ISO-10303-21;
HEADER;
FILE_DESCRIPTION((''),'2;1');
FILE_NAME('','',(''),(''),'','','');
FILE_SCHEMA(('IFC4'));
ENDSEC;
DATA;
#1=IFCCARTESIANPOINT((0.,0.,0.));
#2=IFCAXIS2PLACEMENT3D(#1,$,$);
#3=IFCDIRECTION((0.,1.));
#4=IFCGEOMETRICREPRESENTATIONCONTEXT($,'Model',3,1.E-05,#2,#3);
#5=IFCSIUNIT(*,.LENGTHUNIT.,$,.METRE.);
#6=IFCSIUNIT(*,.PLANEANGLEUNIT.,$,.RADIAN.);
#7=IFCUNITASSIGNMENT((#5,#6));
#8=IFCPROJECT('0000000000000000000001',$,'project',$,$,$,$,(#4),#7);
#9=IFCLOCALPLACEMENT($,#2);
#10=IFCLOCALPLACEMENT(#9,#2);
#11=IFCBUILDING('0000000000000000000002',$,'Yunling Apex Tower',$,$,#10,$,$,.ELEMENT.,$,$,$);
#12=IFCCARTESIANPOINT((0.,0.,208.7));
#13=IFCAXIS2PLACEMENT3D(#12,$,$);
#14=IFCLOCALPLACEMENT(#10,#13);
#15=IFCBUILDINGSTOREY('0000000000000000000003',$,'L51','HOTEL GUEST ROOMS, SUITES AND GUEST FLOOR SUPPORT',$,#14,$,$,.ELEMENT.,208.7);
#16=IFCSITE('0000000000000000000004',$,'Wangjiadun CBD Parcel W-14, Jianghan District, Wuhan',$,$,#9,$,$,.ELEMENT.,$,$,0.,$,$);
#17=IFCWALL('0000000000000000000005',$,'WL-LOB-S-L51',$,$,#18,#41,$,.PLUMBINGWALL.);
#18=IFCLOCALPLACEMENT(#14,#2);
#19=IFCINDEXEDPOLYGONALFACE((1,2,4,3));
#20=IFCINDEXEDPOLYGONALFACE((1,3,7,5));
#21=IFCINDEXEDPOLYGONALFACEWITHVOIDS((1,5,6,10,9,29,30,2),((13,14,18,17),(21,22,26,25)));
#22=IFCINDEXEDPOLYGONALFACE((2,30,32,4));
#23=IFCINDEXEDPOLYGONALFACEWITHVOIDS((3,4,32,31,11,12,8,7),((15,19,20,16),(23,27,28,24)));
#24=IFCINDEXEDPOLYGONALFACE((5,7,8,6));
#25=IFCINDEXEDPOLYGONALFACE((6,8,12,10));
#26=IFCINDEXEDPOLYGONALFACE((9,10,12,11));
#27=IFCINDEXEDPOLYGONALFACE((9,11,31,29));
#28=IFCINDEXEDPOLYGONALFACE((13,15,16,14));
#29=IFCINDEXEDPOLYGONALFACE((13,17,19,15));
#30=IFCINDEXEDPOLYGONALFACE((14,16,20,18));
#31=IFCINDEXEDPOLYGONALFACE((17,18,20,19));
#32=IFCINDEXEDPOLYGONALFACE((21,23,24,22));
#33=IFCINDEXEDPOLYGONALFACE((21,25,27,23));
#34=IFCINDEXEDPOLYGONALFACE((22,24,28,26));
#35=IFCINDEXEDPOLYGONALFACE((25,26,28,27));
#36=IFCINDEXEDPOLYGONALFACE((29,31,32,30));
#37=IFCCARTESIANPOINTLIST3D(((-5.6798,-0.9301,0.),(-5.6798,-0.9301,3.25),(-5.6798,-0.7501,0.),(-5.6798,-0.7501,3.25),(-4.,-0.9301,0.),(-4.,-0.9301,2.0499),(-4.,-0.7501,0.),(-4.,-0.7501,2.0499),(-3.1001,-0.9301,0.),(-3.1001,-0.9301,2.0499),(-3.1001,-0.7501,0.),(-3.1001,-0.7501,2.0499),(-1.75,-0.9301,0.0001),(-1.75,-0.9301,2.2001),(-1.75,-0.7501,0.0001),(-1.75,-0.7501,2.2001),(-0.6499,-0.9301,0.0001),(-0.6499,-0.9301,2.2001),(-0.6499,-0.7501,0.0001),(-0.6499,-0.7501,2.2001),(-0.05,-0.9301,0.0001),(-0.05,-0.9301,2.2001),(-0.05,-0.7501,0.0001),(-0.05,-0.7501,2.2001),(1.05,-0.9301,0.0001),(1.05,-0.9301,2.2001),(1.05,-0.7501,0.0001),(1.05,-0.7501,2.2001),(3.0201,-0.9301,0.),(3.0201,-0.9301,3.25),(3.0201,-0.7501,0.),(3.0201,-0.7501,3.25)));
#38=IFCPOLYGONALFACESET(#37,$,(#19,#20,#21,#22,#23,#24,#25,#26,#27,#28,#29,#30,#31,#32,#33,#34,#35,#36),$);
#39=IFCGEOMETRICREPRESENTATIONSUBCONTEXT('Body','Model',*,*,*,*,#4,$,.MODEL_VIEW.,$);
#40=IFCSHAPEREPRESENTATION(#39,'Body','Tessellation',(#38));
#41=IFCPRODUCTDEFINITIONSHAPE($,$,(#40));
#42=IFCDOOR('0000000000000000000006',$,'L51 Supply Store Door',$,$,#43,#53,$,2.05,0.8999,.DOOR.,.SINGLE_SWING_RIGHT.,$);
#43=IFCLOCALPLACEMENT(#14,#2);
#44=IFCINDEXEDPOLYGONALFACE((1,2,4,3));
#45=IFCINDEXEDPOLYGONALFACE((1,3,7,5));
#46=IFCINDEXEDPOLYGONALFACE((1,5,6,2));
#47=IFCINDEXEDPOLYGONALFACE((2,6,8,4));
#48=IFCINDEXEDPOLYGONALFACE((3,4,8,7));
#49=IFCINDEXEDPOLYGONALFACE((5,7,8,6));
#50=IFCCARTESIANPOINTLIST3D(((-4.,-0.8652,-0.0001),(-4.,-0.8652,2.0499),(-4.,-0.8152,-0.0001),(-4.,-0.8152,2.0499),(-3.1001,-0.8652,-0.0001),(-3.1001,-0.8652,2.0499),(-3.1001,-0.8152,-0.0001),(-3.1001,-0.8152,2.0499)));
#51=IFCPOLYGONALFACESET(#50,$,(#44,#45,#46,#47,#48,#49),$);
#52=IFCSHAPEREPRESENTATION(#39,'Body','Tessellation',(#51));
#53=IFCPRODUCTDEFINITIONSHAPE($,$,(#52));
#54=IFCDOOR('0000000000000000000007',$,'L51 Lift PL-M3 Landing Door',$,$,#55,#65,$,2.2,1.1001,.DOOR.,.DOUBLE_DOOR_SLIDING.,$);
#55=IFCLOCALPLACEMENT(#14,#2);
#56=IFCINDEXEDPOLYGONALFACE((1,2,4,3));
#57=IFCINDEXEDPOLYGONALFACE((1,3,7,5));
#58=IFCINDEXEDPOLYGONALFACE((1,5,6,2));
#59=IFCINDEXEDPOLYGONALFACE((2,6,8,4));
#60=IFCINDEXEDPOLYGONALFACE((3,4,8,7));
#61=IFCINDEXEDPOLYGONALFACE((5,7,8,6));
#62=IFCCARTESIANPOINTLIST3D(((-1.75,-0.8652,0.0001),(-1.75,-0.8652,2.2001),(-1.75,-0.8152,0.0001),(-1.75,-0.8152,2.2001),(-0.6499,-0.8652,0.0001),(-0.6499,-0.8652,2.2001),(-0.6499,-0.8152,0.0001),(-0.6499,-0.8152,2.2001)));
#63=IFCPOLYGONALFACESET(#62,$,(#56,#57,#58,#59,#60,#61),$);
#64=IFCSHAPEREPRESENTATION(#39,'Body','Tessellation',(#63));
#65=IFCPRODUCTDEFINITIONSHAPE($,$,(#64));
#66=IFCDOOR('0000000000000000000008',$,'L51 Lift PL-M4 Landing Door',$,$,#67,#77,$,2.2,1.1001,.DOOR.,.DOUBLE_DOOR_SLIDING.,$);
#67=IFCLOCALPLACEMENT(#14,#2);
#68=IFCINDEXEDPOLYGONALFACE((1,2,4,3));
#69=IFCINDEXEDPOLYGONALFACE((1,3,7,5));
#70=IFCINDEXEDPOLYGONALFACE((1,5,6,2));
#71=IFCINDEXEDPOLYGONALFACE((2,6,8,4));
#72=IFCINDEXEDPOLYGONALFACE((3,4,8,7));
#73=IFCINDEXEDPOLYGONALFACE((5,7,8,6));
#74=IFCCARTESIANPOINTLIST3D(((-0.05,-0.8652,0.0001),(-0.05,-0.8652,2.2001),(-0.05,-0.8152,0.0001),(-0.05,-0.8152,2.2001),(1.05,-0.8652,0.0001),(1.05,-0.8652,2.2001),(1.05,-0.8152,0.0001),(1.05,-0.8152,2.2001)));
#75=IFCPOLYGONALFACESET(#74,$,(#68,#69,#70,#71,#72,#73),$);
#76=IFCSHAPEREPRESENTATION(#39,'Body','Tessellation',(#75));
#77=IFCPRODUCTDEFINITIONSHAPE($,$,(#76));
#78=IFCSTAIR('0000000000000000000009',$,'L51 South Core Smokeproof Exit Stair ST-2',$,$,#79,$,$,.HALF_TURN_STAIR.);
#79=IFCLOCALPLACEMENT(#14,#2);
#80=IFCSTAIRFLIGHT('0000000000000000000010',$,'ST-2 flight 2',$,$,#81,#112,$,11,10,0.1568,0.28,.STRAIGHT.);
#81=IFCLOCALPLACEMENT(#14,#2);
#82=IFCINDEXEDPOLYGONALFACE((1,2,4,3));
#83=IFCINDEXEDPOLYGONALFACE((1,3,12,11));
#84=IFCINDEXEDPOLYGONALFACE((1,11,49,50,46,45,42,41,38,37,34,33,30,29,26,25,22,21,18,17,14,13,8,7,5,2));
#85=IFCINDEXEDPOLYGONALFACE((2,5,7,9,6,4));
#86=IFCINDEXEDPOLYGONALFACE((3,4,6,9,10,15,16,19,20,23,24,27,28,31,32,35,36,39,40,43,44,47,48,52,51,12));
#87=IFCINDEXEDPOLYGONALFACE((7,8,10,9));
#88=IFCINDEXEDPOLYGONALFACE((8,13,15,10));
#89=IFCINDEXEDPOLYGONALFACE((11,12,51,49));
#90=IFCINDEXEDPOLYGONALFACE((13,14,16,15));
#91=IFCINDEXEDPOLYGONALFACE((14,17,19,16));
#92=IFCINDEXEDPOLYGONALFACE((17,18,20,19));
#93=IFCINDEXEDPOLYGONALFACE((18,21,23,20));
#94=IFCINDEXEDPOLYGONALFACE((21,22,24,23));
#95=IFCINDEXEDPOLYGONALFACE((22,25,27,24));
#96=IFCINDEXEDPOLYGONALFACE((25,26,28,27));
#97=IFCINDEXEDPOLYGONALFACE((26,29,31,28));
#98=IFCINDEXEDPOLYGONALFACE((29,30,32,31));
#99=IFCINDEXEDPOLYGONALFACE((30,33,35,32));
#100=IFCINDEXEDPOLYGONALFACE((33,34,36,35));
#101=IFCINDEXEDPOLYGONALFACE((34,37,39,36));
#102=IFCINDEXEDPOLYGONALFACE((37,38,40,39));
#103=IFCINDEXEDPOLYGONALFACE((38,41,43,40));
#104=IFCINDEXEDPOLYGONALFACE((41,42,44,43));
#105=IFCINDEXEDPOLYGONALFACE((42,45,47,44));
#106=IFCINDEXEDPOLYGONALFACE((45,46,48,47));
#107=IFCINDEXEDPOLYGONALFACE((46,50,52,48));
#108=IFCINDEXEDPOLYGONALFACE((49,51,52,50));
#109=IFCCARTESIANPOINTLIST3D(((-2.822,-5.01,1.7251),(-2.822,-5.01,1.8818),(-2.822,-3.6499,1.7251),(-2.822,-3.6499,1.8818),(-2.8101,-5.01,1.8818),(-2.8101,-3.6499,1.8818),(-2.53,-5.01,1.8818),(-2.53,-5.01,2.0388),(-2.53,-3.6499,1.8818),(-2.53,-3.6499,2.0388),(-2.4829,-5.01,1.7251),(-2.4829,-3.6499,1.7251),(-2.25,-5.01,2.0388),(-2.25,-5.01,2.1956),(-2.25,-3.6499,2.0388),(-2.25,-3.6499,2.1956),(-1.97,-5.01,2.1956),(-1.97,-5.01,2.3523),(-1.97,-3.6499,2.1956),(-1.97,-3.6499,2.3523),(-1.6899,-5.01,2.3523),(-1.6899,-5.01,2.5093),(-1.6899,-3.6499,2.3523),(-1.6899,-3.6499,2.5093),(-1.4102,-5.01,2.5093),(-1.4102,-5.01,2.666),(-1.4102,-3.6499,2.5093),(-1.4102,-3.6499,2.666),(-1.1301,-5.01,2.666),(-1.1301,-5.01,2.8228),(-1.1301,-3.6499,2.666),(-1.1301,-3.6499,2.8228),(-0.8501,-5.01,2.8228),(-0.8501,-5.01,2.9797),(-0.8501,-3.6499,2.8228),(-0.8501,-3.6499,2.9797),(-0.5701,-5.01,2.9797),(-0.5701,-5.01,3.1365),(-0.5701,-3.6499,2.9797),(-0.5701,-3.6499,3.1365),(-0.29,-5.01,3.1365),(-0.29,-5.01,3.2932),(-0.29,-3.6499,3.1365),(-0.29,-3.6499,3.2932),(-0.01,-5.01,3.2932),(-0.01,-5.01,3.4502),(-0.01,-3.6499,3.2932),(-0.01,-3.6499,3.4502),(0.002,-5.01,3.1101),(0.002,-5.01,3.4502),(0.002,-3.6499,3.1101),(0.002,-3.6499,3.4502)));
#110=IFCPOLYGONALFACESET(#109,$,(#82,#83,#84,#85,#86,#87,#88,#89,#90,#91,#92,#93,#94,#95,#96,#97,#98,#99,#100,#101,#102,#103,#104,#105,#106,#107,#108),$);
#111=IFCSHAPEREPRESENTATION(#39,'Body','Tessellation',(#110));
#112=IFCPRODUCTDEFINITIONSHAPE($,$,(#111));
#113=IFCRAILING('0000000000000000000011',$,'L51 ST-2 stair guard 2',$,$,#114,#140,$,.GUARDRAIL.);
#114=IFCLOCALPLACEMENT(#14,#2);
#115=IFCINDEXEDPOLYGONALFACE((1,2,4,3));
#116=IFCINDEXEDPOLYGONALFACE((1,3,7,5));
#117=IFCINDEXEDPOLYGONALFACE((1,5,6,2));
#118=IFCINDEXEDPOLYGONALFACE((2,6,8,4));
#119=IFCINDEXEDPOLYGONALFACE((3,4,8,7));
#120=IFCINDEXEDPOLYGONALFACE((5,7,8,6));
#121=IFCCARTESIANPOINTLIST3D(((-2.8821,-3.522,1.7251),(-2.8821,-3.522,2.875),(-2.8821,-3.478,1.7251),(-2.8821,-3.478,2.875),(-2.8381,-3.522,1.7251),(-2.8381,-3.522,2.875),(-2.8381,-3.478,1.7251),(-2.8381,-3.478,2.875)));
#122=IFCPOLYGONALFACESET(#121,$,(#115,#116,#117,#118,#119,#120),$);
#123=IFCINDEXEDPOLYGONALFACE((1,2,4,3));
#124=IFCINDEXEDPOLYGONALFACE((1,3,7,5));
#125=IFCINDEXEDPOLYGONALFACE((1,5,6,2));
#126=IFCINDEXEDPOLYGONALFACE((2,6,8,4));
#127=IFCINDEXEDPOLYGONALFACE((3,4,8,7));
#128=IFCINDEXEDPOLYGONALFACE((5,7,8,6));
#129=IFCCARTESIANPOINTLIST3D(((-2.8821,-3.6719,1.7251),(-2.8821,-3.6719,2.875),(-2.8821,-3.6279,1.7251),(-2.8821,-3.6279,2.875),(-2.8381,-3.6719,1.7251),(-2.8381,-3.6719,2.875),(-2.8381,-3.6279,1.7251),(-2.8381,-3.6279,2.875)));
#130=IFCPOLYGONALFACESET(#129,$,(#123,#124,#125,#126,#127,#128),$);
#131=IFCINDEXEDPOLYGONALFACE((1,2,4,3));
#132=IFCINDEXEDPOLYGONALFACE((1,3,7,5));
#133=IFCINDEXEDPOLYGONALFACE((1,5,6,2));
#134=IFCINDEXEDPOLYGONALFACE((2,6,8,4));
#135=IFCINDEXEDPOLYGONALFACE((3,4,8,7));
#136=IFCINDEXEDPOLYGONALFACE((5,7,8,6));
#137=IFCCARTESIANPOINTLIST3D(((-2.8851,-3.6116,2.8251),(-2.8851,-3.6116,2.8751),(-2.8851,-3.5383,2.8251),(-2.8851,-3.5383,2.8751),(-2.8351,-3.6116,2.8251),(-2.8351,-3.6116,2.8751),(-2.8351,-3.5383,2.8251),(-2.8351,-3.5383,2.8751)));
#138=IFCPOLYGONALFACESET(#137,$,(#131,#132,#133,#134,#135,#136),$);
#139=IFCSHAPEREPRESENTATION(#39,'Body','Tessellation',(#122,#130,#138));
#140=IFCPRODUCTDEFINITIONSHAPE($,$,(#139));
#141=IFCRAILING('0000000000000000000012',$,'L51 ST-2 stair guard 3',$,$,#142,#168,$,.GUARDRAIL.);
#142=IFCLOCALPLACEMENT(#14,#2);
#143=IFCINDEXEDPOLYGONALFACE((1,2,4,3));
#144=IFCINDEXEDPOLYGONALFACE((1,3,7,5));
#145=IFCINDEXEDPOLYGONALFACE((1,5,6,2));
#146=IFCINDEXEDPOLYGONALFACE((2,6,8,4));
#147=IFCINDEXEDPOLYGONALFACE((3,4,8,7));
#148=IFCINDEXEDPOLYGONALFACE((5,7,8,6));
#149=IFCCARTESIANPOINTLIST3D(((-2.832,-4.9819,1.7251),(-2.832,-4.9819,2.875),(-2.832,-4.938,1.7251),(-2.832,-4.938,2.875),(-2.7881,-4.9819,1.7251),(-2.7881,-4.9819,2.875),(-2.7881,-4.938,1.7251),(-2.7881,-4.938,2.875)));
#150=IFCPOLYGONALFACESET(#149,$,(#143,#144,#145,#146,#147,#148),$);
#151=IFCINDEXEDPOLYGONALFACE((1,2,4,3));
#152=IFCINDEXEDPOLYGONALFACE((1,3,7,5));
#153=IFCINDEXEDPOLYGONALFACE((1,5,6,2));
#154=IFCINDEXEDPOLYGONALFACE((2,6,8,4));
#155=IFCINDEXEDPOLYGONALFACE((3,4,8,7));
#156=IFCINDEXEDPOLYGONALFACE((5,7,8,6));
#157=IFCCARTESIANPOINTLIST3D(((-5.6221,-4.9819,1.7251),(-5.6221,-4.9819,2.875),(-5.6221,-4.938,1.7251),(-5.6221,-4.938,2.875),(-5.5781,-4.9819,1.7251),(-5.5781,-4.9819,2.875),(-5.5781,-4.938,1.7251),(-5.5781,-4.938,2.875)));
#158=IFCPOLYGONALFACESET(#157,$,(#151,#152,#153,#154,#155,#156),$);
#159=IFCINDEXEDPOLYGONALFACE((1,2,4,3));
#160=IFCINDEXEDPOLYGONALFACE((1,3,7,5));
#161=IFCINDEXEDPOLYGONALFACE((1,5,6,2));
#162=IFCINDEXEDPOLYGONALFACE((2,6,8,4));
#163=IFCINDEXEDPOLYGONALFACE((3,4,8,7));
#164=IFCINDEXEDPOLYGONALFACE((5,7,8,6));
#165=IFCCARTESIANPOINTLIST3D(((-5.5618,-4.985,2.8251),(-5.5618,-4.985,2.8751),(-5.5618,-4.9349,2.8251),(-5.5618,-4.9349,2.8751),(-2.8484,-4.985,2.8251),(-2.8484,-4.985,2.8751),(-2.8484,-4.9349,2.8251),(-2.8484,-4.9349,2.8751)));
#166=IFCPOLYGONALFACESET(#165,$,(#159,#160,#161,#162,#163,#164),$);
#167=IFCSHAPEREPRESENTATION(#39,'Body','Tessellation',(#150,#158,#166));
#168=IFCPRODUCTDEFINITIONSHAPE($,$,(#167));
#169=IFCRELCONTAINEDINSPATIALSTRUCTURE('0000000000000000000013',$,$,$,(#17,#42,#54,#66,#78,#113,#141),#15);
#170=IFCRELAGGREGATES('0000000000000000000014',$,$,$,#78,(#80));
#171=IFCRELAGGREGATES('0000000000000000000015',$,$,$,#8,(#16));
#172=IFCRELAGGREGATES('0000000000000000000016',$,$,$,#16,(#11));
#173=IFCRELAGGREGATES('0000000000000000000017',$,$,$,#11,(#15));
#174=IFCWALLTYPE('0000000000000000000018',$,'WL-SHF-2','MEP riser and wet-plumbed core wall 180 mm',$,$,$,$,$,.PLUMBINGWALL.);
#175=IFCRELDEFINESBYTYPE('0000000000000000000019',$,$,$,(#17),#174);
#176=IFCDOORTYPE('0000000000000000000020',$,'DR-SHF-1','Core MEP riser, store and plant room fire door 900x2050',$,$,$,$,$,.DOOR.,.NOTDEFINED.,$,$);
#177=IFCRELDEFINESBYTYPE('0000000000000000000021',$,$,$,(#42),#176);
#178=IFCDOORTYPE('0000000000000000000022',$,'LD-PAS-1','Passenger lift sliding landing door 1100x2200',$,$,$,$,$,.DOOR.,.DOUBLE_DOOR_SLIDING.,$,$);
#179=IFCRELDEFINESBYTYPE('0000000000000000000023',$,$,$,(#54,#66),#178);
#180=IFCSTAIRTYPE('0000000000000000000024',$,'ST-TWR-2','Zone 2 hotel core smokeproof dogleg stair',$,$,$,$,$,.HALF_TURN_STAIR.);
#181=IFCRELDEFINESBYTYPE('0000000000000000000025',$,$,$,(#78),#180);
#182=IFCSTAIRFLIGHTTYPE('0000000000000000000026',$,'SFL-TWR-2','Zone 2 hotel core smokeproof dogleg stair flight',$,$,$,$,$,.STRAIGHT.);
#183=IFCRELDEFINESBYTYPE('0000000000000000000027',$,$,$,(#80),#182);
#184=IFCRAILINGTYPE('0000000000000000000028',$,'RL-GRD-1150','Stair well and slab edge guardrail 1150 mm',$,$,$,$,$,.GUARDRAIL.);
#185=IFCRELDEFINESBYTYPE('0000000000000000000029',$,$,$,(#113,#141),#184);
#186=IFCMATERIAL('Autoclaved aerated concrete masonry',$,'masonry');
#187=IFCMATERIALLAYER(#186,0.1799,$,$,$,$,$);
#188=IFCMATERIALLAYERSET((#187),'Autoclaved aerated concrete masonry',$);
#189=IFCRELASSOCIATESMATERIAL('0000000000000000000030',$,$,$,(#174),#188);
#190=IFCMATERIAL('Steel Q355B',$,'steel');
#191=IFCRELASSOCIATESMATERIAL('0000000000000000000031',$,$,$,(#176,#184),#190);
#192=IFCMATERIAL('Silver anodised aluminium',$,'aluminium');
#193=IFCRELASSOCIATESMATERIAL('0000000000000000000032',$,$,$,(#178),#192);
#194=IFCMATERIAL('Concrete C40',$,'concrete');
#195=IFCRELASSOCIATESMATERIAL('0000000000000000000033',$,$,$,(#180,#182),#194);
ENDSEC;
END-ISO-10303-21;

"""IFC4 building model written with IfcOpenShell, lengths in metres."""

from ifc_helpers import new_model, si_unit, direction, frame, frame_2d, origin, origin_2d, place, context, subcontext, project, spatial, polyline, rectangle, outline, extrude, material, layer, layer_set, type_object, element, fill, aggregate, save


model = new_model("IFC4")

# Units and contexts
model_context = context("Model", 3, precision=1e-05, world=origin(), true_north=direction((0.0, 1.0)))
body_context = subcontext(model_context, "Body", "Model", "MODEL_VIEW")
ifc_project = project(units=[si_unit("LENGTHUNIT", "METRE"), si_unit("PLANEANGLEUNIT", "RADIAN")], contexts=[model_context])

# Site, building, storey
site_placement = place(None, origin())
site = spatial("IfcSite", under=ifc_project, at=site_placement, Name="Wangjiadun CBD Parcel W-14, Jianghan District, Wuhan", CompositionType="ELEMENT", RefElevation=0.0)
building_placement = place(site_placement, origin())
building = spatial("IfcBuilding", under=site, at=building_placement, Name="Yunling Apex Tower", CompositionType="ELEMENT")
storey_placement = place(building_placement, frame((0.0, 0.0, 208.7)))
storey = spatial("IfcBuildingStorey", under=building, at=storey_placement, Name="L51", Description="HOTEL GUEST ROOMS, SUITES AND GUEST FLOOR SUPPORT", CompositionType="ELEMENT", Elevation=208.7)

# Shared definitions
ifc_material_1 = material(Name="Steel Q355B", Category="steel")

# Shared definitions
ifc_material_2 = material(Name="Concrete C40", Category="concrete")

# Shared definitions
ifc_material_3 = material(Name="Autoclaved aerated concrete masonry", Category="masonry")

# Wall, openings, doors
ifc_layer_1 = layer(ifc_material_3, 0.1799)
ifc_layer_set_1 = layer_set([ifc_layer_1], Name="Autoclaved aerated concrete masonry")
wall_type_1 = type_object("IfcWallType", Name="WL-SHF-2", Description="MEP riser and wet-plumbed core wall 180 mm", PredefinedType="PLUMBINGWALL", material=ifc_layer_set_1)
wall_1_placement = place(storey_placement, frame((-5.6799, -0.8401, 0.0), z_axis=(0.0, 0.0, 1.0), x_axis=(1.0, 0.0, 0.0)))
wall_1 = element("IfcWall", 1, at=wall_1_placement, inside=storey, type_object=wall_type_1, Name="WL-LOB-S-L51", PredefinedType="PLUMBINGWALL", context=body_context, shape_type="SweptSolid", body=[
    extrude(rectangle(XDim=8.7, YDim=0.1799, at=frame_2d((4.3501, 0.0))), origin(), (0.0, 0.0, 1.0), 3.25),
])
opening_1_placement = place(wall_1_placement, frame((1.6799, 0.0, 0.0)))
opening_1 = element("IfcOpeningElement", 2, at=opening_1_placement, cuts=wall_1, PredefinedType="OPENING", context=body_context, shape_type="SweptSolid", body=[
    extrude(rectangle(XDim=0.8999, YDim=2.05, at=frame_2d((0.45, 1.0249))), frame((0.0, 0.1001, 0.0), z_axis=(0.0, -1.0, 0.0), x_axis=(1.0, 0.0, 0.0)), (0.0, 0.0, 1.0), 0.2),
])
opening_2_placement = place(wall_1_placement, frame((3.9299, 0.0, 0.0)))
opening_2 = element("IfcOpeningElement", 3, at=opening_2_placement, cuts=wall_1, PredefinedType="OPENING", context=body_context, shape_type="SweptSolid", body=[
    extrude(rectangle(XDim=1.1001, YDim=2.2, at=frame_2d((0.55, 1.1001))), frame((0.0, 0.1001, 0.0), z_axis=(0.0, -1.0, 0.0), x_axis=(1.0, 0.0, 0.0)), (0.0, 0.0, 1.0), 0.2),
])
opening_3_placement = place(wall_1_placement, frame((5.6299, 0.0, 0.0)))
opening_3 = element("IfcOpeningElement", 4, at=opening_3_placement, cuts=wall_1, PredefinedType="OPENING", context=body_context, shape_type="SweptSolid", body=[
    extrude(rectangle(XDim=1.1001, YDim=2.2, at=frame_2d((0.55, 1.1001))), frame((0.0, 0.1001, 0.0), z_axis=(0.0, -1.0, 0.0), x_axis=(1.0, 0.0, 0.0)), (0.0, 0.0, 1.0), 0.2),
])
door_type_1 = type_object("IfcDoorType", Name="DR-SHF-1", Description="Core MEP riser, store and plant room fire door 900x2050", OperationType="NOTDEFINED", PredefinedType="DOOR", material=ifc_material_1)
door_1_placement = place(opening_1_placement, origin())
door_1 = element("IfcDoor", 5, at=door_1_placement, inside=storey, type_object=door_type_1, Name="L51 Supply Store Door", OperationType="SINGLE_SWING_RIGHT", OverallHeight=2.05, OverallWidth=0.8999, PredefinedType="DOOR", context=body_context, shape_type="SweptSolid", body=[
    extrude(rectangle(XDim=0.8999, YDim=2.05, at=frame_2d((0.45, 1.0249))), frame((0.0, 0.0249, 0.0), z_axis=(0.0, -1.0, 0.0), x_axis=(1.0, 0.0, 0.0)), (0.0, 0.0, 1.0), 0.05),
])
fill(opening_1, door_1)
ifc_material_4 = material(Name="Silver anodised aluminium", Category="aluminium")
door_type_2 = type_object("IfcDoorType", Name="LD-PAS-1", Description="Passenger lift sliding landing door 1100x2200", OperationType="DOUBLE_DOOR_SLIDING", PredefinedType="DOOR", material=ifc_material_4)
door_2_placement = place(opening_2_placement, origin())
door_2 = element("IfcDoor", 6, at=door_2_placement, inside=storey, type_object=door_type_2, Name="L51 Lift PL-M3 Landing Door", OperationType="DOUBLE_DOOR_SLIDING", OverallHeight=2.2, OverallWidth=1.1001, PredefinedType="DOOR", context=body_context, shape_type="SweptSolid", body=[
    extrude(rectangle(XDim=1.1001, YDim=2.2, at=frame_2d((0.55, 1.1001))), frame((0.0, 0.0249, 0.0), z_axis=(0.0, -1.0, 0.0), x_axis=(1.0, 0.0, 0.0)), (0.0, 0.0, 1.0), 0.05),
])
fill(opening_2, door_2)
door_3_placement = place(opening_3_placement, origin())
door_3 = element("IfcDoor", 7, at=door_3_placement, inside=storey, type_object=door_type_2, Name="L51 Lift PL-M4 Landing Door", OperationType="DOUBLE_DOOR_SLIDING", OverallHeight=2.2, OverallWidth=1.1001, PredefinedType="DOOR", context=body_context, shape_type="SweptSolid", body=[
    extrude(rectangle(XDim=1.1001, YDim=2.2, at=frame_2d((0.55, 1.1001))), frame((0.0, 0.0249, 0.0), z_axis=(0.0, -1.0, 0.0), x_axis=(1.0, 0.0, 0.0)), (0.0, 0.0, 1.0), 0.05),
])
fill(opening_3, door_3)

# Stair, stair flight
stair_type = type_object("IfcStairType", Name="ST-TWR-2", Description="Zone 2 hotel core smokeproof dogleg stair", PredefinedType="HALF_TURN_STAIR", material=ifc_material_2)
stair_placement = place(storey_placement, origin())
stair = element("IfcStair", 8, at=stair_placement, inside=storey, type_object=stair_type, Name="L51 South Core Smokeproof Exit Stair ST-2", PredefinedType="HALF_TURN_STAIR")
stair_flight_type = type_object("IfcStairFlightType", Name="SFL-TWR-2", Description="Zone 2 hotel core smokeproof dogleg stair flight", PredefinedType="STRAIGHT", material=ifc_material_2)
stair_flight_placement = place(storey_placement, frame((-2.8101, -4.3301, 1.7251), z_axis=(0.0, 0.0, 1.0), x_axis=(1.0, 0.0, 0.0)))
stair_flight = element("IfcStairFlight", 9, at=stair_flight_placement, type_object=stair_flight_type, Name="ST-2 flight 2", NumberOfRisers=11, NumberOfTreads=10, PredefinedType="STRAIGHT", RiserHeight=0.1568, TreadLength=0.28, context=body_context, shape_type="SweptSolid", body=[
    extrude(outline(polyline([(-0.012, 0.0), (-0.012, 0.1567), (0.0, 0.1567), (0.28, 0.1567), (0.28, 0.3137), (0.5601, 0.3137), (0.5601, 0.4705), (0.8401, 0.4705), (0.8401, 0.6272), (1.1201, 0.6272), (1.1201, 0.7842), (1.3999, 0.7842), (1.3999, 0.9409), (1.6799, 0.9409), (1.6799, 1.0977), (1.96, 1.0977), (1.96, 1.2546), (2.24, 1.2546), (2.24, 1.4114), (2.52, 1.4114), (2.52, 1.5681), (2.8, 1.5681), (2.8, 1.7251), (2.812, 1.7251), (2.812, 1.385), (0.3271, 0.0), (-0.012, 0.0)])), frame((0.0, 0.6802, 0.0), z_axis=(0.0, -1.0, 0.0), x_axis=(1.0, 0.0, 0.0)), (0.0, 0.0, 1.0), 1.3601),
])
aggregate(stair, [stair_flight])

# Railings
railing_type_1 = type_object("IfcRailingType", Name="RL-GRD-1150", Description="Stair well and slab edge guardrail 1150 mm", PredefinedType="GUARDRAIL", material=ifc_material_1)
railing_1_placement = place(storey_placement, frame((-2.8601, -3.5, 1.7251)))
element("IfcRailing", 10, at=railing_1_placement, inside=storey, type_object=railing_type_1, Name="L51 ST-2 stair guard 2", PredefinedType="GUARDRAIL", context=body_context, shape_type="SweptSolid", body=[
    extrude(rectangle(XDim=0.0439, YDim=0.0439, at=origin_2d()), origin(), (0.0, 0.0, 1.0), 1.1499),
    extrude(rectangle(XDim=0.0439, YDim=0.0439, at=origin_2d()), frame((0.0, -0.1499, 0.0)), (0.0, 0.0, 1.0), 1.1499),
    extrude(rectangle(XDim=0.05, YDim=0.05, at=origin_2d()), frame((0.0, -0.0383, 1.125), z_axis=(0.0, -1.0, 0.0), x_axis=(1.0, 0.0, 0.0)), (0.0, 0.0, 1.0), 0.0732),
])
railing_2_placement = place(storey_placement, frame((-2.8101, -4.96, 1.7251)))
element("IfcRailing", 11, at=railing_2_placement, inside=storey, type_object=railing_type_1, Name="L51 ST-2 stair guard 3", PredefinedType="GUARDRAIL", context=body_context, shape_type="SweptSolid", body=[
    extrude(rectangle(XDim=0.0439, YDim=0.0439, at=origin_2d()), origin(), (0.0, 0.0, 1.0), 1.1499),
    extrude(rectangle(XDim=0.0439, YDim=0.0439, at=origin_2d()), frame((-2.79, 0.0, 0.0)), (0.0, 0.0, 1.0), 1.1499),
    extrude(rectangle(XDim=0.05, YDim=0.05, at=origin_2d()), frame((-0.0383, 0.0, 1.125), z_axis=(-1.0, 0.0, 0.0), x_axis=(0.0, -1.0, 0.0)), (0.0, 0.0, 1.0), 2.7134),
])

save(model, "model.ifc")
